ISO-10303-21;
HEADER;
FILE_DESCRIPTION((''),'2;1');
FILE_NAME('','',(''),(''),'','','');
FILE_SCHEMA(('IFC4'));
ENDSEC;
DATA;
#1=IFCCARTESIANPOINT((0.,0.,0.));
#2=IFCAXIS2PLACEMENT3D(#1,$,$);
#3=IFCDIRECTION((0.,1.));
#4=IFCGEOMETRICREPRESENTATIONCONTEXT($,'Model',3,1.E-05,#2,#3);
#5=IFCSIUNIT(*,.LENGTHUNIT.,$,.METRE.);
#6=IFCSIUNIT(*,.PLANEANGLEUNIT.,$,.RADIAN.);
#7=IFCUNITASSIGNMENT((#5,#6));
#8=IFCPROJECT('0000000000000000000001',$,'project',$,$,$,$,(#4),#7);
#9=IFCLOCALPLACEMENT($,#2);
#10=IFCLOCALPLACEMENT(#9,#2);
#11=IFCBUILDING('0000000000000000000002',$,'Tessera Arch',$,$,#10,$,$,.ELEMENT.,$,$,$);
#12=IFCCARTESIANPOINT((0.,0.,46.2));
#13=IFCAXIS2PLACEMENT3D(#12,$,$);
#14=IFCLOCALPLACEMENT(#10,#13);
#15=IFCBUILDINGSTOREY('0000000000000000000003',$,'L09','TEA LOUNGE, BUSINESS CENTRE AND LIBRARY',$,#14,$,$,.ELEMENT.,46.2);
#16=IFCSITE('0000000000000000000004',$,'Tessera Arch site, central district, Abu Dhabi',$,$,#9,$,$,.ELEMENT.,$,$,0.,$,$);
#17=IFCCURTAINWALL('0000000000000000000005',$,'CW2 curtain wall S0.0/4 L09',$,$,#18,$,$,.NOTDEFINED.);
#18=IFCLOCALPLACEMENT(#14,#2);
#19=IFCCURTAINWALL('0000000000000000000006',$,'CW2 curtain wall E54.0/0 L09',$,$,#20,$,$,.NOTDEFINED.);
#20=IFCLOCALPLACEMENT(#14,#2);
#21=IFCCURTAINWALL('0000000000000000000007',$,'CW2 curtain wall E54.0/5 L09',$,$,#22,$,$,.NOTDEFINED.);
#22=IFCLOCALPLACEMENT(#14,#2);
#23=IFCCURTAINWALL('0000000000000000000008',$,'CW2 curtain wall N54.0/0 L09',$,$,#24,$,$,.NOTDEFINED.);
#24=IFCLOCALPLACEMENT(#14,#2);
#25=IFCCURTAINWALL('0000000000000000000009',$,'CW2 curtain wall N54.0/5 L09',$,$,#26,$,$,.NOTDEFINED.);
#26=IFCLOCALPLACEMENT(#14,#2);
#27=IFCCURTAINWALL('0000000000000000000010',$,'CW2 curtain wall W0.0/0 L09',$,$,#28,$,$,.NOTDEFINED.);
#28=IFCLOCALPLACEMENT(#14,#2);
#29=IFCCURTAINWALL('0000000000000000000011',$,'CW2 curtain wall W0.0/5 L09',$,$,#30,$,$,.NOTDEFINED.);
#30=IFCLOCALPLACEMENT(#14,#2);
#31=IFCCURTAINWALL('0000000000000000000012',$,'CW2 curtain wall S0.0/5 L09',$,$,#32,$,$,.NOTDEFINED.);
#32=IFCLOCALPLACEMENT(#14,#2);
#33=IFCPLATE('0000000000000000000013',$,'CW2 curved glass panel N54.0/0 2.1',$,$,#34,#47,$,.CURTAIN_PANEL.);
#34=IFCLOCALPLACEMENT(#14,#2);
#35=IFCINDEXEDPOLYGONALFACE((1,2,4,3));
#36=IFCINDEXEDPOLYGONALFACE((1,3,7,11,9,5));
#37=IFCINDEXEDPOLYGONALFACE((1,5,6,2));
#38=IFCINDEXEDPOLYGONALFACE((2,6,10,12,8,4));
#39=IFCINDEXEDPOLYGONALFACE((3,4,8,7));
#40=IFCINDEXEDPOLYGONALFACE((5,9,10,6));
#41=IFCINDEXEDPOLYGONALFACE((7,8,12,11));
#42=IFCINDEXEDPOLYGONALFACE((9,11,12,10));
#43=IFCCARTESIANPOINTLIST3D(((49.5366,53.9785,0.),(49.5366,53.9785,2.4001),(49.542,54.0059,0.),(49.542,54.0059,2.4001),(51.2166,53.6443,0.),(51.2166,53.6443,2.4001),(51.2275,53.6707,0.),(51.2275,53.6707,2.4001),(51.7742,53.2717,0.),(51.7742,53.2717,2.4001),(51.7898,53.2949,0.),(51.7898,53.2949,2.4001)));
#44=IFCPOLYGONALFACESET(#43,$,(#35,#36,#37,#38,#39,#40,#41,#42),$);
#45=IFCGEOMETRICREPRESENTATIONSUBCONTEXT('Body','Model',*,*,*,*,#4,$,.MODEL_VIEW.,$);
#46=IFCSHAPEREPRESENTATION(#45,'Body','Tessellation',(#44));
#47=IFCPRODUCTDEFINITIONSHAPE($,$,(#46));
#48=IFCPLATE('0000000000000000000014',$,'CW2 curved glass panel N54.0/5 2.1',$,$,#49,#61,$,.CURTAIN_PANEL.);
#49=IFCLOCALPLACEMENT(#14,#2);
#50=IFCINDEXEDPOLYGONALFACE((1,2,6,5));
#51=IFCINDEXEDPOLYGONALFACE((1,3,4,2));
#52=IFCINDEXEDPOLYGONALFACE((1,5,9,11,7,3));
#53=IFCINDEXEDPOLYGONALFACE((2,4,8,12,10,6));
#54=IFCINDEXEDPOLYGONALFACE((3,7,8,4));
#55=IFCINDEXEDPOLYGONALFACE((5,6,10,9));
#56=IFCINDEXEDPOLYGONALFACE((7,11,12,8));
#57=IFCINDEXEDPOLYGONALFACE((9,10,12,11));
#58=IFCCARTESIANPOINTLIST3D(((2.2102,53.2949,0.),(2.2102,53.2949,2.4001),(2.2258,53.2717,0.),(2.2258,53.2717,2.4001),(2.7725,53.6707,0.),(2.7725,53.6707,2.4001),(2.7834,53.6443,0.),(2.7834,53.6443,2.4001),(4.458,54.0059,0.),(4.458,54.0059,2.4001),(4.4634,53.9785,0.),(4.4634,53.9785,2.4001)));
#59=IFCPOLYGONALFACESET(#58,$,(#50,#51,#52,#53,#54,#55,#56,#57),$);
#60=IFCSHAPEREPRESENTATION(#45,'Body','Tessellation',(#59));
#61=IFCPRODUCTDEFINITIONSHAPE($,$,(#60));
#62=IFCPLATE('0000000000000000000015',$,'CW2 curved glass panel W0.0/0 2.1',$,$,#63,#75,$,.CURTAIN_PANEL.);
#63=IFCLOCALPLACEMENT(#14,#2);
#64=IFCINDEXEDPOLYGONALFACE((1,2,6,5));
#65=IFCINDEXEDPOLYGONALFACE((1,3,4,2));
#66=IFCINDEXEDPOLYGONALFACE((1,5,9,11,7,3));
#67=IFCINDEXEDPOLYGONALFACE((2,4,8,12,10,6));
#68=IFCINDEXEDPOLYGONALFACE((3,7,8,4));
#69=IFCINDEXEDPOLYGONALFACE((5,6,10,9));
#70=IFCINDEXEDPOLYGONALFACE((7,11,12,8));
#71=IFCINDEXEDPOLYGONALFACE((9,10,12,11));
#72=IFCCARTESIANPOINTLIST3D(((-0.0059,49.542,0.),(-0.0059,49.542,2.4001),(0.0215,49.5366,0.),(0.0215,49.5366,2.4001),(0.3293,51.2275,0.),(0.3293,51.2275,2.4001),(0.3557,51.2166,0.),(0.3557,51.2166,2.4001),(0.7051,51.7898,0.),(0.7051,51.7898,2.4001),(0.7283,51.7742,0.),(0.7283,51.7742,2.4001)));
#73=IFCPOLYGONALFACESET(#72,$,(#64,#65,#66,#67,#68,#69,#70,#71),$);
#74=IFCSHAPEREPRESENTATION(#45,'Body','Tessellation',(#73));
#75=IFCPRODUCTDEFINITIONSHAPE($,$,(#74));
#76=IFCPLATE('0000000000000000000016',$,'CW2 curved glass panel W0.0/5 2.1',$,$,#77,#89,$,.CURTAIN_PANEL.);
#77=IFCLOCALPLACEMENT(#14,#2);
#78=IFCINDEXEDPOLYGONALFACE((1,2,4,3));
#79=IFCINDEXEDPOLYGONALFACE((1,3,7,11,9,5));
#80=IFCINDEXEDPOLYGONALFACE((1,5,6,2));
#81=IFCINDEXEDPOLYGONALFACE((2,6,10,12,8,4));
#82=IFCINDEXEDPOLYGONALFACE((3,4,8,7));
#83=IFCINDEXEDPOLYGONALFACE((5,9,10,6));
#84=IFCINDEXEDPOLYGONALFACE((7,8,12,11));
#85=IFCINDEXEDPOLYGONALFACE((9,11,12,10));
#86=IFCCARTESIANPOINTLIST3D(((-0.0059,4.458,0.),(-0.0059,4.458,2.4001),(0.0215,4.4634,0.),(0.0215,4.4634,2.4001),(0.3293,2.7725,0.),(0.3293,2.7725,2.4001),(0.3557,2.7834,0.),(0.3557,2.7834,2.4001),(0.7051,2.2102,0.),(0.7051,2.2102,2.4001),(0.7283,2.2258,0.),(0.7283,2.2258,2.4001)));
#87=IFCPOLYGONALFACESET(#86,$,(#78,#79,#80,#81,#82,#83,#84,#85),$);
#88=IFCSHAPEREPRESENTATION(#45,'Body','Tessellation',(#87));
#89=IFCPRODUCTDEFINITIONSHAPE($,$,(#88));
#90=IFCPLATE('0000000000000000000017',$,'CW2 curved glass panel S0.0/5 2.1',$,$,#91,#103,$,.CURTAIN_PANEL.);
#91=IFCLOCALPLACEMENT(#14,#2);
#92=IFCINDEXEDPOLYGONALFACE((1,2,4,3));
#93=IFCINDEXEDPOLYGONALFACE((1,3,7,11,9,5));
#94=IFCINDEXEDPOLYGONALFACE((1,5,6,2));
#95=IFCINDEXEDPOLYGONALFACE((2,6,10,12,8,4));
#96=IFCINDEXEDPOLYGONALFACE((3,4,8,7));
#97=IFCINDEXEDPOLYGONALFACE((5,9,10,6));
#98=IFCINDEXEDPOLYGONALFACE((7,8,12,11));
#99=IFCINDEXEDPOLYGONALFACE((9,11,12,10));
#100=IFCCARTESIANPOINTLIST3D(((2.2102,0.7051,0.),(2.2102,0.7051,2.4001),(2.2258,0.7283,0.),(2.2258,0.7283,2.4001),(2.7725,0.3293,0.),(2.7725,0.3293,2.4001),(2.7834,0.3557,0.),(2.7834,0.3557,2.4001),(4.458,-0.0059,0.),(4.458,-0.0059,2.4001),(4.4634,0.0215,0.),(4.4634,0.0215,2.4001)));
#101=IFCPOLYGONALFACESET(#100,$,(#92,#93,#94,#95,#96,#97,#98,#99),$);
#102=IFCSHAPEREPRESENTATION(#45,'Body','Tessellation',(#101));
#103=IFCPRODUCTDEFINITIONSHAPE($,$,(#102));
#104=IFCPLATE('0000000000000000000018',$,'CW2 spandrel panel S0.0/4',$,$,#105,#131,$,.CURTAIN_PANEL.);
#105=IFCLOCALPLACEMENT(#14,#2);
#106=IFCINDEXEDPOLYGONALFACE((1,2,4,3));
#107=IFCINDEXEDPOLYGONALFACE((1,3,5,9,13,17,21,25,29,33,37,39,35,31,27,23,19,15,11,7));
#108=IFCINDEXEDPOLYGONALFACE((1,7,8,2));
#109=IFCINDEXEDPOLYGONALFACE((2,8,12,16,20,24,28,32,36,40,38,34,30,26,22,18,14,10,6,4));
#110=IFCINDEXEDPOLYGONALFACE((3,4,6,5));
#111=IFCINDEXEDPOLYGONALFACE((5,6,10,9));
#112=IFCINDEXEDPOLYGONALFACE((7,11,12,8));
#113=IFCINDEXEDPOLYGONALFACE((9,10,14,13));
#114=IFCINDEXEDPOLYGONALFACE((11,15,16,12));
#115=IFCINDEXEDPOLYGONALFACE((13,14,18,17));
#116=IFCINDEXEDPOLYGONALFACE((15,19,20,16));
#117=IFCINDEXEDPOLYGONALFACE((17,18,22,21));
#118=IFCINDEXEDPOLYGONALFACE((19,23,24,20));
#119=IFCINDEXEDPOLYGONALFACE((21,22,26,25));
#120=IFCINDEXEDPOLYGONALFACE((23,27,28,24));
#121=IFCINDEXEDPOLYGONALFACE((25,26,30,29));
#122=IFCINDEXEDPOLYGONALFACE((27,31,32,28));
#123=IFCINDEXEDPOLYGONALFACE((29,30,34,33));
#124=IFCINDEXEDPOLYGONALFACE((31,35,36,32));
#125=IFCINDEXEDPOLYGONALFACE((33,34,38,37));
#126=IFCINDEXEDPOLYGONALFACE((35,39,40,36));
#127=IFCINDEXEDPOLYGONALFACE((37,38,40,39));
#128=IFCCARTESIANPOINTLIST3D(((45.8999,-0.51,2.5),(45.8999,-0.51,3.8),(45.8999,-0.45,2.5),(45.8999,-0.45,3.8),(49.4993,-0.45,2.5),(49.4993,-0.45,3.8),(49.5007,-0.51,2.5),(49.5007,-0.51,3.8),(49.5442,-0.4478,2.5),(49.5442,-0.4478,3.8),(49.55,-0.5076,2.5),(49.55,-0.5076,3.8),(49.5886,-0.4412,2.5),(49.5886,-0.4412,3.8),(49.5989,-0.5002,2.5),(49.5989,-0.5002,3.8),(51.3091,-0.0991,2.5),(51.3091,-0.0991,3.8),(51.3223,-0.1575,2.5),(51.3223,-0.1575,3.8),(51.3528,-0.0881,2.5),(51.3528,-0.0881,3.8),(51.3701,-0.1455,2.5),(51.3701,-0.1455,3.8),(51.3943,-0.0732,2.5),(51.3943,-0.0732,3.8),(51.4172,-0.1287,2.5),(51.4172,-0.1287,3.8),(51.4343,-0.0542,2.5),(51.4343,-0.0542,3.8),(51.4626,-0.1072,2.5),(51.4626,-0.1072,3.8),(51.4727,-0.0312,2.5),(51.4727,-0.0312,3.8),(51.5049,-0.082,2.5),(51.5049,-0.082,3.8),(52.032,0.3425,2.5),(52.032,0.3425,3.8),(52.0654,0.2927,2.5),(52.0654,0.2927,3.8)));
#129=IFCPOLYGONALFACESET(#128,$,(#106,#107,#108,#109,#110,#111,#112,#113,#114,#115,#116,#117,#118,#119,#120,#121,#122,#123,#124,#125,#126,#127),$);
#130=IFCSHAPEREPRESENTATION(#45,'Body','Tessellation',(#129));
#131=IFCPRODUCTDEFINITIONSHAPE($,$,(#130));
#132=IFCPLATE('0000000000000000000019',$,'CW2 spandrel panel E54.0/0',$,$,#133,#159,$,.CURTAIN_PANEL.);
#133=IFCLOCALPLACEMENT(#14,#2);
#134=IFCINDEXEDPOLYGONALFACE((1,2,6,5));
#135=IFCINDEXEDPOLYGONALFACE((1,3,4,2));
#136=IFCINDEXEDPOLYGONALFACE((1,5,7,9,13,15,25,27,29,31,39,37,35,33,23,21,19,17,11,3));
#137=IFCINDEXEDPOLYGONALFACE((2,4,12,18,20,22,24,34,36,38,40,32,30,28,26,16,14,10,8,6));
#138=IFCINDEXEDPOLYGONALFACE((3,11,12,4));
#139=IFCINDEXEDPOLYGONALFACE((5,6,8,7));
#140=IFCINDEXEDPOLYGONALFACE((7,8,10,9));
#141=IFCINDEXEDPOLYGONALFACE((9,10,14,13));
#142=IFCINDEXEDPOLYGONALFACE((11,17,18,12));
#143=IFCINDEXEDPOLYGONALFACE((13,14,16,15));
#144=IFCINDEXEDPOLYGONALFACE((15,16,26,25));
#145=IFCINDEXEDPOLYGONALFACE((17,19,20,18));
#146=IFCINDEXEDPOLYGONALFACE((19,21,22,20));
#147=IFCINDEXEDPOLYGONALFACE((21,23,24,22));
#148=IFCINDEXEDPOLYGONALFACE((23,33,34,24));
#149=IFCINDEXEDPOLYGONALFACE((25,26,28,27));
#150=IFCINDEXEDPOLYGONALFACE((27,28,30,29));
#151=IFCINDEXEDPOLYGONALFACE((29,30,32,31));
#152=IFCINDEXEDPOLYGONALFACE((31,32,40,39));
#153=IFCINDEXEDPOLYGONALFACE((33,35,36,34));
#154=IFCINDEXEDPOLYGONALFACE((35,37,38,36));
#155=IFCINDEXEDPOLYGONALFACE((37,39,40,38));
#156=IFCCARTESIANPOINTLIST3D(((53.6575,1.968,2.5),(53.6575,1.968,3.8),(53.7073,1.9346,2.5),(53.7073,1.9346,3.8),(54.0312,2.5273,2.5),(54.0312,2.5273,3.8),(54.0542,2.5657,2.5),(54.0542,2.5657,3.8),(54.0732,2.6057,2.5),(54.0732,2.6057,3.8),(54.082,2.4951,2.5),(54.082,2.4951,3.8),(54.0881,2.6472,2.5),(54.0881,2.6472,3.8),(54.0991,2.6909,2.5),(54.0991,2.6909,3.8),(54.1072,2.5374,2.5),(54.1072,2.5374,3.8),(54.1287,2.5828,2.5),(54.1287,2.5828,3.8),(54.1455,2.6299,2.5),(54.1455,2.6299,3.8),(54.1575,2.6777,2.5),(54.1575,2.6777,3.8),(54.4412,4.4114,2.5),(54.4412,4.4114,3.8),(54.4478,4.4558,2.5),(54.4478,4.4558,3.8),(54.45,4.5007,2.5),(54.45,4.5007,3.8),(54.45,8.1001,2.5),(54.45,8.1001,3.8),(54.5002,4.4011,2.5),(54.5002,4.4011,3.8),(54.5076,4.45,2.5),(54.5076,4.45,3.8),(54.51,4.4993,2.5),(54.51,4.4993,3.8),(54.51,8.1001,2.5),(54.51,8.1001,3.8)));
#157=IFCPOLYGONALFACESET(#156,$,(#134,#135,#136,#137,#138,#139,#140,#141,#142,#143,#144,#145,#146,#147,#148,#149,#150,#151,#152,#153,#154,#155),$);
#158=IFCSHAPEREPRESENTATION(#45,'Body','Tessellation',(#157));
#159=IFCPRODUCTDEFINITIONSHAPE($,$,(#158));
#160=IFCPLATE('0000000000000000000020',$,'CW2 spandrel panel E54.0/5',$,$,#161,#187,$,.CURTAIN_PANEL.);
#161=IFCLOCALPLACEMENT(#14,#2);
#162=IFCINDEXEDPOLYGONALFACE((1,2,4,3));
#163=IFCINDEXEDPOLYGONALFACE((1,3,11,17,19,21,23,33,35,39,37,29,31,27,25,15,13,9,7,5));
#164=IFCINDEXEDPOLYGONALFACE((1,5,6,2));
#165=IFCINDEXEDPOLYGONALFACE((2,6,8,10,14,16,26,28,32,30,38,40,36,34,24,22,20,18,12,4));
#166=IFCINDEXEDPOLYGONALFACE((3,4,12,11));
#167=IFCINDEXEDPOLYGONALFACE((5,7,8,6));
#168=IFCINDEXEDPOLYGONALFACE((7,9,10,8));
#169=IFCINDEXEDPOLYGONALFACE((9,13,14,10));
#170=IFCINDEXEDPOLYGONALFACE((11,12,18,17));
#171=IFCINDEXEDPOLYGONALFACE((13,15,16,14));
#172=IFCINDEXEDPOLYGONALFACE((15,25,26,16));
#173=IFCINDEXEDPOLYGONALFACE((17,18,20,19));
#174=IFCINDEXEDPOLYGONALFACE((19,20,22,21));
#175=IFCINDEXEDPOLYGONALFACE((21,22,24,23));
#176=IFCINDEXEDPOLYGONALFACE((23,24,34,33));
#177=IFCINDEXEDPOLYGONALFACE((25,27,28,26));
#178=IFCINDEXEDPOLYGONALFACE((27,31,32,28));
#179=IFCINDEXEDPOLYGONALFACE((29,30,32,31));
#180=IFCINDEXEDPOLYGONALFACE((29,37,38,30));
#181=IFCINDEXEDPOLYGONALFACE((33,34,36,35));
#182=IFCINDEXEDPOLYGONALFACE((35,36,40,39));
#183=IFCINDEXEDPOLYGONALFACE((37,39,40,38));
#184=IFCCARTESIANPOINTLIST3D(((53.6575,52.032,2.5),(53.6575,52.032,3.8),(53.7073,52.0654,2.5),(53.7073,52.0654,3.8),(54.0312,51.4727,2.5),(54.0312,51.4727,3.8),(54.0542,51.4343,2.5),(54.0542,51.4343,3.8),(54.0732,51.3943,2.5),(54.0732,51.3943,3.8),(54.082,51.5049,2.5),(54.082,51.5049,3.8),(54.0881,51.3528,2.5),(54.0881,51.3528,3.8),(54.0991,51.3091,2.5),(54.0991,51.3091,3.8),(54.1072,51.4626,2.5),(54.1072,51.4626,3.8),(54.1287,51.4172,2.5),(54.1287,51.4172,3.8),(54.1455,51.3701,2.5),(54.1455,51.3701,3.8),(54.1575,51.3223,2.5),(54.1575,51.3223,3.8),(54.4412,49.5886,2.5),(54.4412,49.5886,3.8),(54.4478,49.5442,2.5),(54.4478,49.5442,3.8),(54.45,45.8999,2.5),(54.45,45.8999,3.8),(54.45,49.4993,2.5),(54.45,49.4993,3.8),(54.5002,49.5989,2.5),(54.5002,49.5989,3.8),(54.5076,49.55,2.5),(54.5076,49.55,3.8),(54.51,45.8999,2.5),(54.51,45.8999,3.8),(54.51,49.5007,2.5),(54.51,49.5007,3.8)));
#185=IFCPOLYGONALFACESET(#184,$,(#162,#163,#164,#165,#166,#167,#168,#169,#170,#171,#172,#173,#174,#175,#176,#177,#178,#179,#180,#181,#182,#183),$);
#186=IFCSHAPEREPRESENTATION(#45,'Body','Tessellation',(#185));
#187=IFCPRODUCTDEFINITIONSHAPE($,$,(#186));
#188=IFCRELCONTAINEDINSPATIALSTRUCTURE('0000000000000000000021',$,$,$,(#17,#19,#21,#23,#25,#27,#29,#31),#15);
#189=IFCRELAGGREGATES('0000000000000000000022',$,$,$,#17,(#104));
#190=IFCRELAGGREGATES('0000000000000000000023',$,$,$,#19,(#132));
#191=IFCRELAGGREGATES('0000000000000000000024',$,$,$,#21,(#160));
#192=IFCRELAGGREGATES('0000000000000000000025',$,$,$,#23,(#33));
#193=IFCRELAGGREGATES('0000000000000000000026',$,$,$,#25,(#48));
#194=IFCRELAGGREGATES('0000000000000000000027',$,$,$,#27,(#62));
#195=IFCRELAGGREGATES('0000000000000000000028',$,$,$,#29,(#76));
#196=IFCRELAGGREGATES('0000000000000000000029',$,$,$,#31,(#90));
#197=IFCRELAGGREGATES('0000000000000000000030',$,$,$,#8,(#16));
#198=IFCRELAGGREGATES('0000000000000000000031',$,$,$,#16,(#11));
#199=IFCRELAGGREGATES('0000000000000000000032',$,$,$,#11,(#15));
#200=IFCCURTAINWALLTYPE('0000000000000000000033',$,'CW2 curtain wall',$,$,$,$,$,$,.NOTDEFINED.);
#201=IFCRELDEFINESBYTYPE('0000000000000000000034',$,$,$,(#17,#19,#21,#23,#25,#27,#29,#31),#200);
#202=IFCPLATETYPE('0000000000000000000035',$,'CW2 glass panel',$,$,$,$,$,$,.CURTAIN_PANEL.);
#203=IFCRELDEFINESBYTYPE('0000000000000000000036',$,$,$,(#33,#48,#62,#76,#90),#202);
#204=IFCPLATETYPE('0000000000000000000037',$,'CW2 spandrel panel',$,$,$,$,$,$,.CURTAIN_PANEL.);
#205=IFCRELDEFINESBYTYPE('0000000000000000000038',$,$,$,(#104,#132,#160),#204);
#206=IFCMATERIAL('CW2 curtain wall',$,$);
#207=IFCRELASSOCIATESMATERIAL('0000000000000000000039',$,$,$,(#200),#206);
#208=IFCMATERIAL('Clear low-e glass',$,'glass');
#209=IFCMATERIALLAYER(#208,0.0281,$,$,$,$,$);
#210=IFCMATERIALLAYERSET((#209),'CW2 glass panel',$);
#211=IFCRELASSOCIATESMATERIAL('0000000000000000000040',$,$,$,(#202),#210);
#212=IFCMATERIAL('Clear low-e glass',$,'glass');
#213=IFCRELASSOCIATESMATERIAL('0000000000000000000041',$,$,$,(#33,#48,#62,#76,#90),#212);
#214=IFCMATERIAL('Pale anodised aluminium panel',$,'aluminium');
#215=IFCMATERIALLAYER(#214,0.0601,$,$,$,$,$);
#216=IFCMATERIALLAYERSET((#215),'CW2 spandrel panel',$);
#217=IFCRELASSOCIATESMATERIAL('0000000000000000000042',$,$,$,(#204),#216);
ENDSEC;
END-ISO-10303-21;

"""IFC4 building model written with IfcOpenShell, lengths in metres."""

from ifc_helpers import new_model, si_unit, direction, frame, origin, place, context, subcontext, project, spatial, polyline, outline, extrude, material, layer, layer_set, type_object, element, aggregate, save


model = new_model("IFC4")

# Units and contexts
model_context = context("Model", 3, precision=1e-05, world=origin(), true_north=direction((0.0, 1.0)))
body_context = subcontext(model_context, "Body", "Model", "MODEL_VIEW")
ifc_project = project(units=[si_unit("LENGTHUNIT", "METRE"), si_unit("PLANEANGLEUNIT", "RADIAN")], contexts=[model_context])

# Site, building, storey
site_placement = place(None, origin())
site = spatial("IfcSite", under=ifc_project, at=site_placement, Name="Tessera Arch site, central district, Abu Dhabi", CompositionType="ELEMENT", RefElevation=0.0)
building_placement = place(site_placement, origin())
building = spatial("IfcBuilding", under=site, at=building_placement, Name="Tessera Arch", CompositionType="ELEMENT")
storey_placement = place(building_placement, frame((0.0, 0.0, 46.2)))
storey = spatial("IfcBuildingStorey", under=building, at=storey_placement, Name="L09", Description="TEA LOUNGE, BUSINESS CENTRE AND LIBRARY", CompositionType="ELEMENT", Elevation=46.2)

# Curtain walls
ifc_material_1 = material(Name="CW2 curtain wall")
curtain_wall_type = type_object("IfcCurtainWallType", Name="CW2 curtain wall", PredefinedType="NOTDEFINED", material=ifc_material_1)
curtain_wall_1_placement = place(storey_placement, origin())
curtain_wall_1 = element("IfcCurtainWall", 1, at=curtain_wall_1_placement, inside=storey, type_object=curtain_wall_type, Name="CW2 curtain wall S0.0/4 L09", PredefinedType="NOTDEFINED")
curtain_wall_2_placement = place(storey_placement, origin())
curtain_wall_2 = element("IfcCurtainWall", 2, at=curtain_wall_2_placement, inside=storey, type_object=curtain_wall_type, Name="CW2 curtain wall E54.0/0 L09", PredefinedType="NOTDEFINED")
curtain_wall_3_placement = place(storey_placement, origin())
curtain_wall_3 = element("IfcCurtainWall", 3, at=curtain_wall_3_placement, inside=storey, type_object=curtain_wall_type, Name="CW2 curtain wall E54.0/5 L09", PredefinedType="NOTDEFINED")
curtain_wall_4_placement = place(storey_placement, origin())
curtain_wall_4 = element("IfcCurtainWall", 4, at=curtain_wall_4_placement, inside=storey, type_object=curtain_wall_type, Name="CW2 curtain wall N54.0/0 L09", PredefinedType="NOTDEFINED")
curtain_wall_5_placement = place(storey_placement, origin())
curtain_wall_5 = element("IfcCurtainWall", 5, at=curtain_wall_5_placement, inside=storey, type_object=curtain_wall_type, Name="CW2 curtain wall N54.0/5 L09", PredefinedType="NOTDEFINED")
curtain_wall_6_placement = place(storey_placement, origin())
curtain_wall_6 = element("IfcCurtainWall", 6, at=curtain_wall_6_placement, inside=storey, type_object=curtain_wall_type, Name="CW2 curtain wall W0.0/0 L09", PredefinedType="NOTDEFINED")
curtain_wall_7_placement = place(storey_placement, origin())
curtain_wall_7 = element("IfcCurtainWall", 7, at=curtain_wall_7_placement, inside=storey, type_object=curtain_wall_type, Name="CW2 curtain wall W0.0/5 L09", PredefinedType="NOTDEFINED")
curtain_wall_8_placement = place(storey_placement, origin())
curtain_wall_8 = element("IfcCurtainWall", 8, at=curtain_wall_8_placement, inside=storey, type_object=curtain_wall_type, Name="CW2 curtain wall S0.0/5 L09", PredefinedType="NOTDEFINED")

# Plates
ifc_material_2 = material(Name="Clear low-e glass", Category="glass")
ifc_material_3 = material(Name="Clear low-e glass", Category="glass")
ifc_layer_1 = layer(ifc_material_3, 0.0281)
ifc_layer_set_1 = layer_set([ifc_layer_1], Name="CW2 glass panel")
plate_type_1 = type_object("IfcPlateType", Name="CW2 glass panel", PredefinedType="CURTAIN_PANEL", material=ifc_layer_set_1)
plate_1_placement = place(storey_placement, origin())
plate_1 = element("IfcPlate", 9, at=plate_1_placement, type_object=plate_type_1, material=ifc_material_2, Name="CW2 curved glass panel N54.0/0 2.1", PredefinedType="CURTAIN_PANEL", context=body_context, shape_type="SweptSolid", body=[
    extrude(outline(polyline([(51.2166, 53.6443), (51.7742, 53.2717), (51.7898, 53.2949), (51.2275, 53.6707), (49.542, 54.0059), (49.5366, 53.9785), (51.2166, 53.6443)])), origin(), (0.0, 0.0, 1.0), 2.4001),
])
plate_2_placement = place(storey_placement, origin())
plate_2 = element("IfcPlate", 10, at=plate_2_placement, type_object=plate_type_1, material=ifc_material_2, Name="CW2 curved glass panel N54.0/5 2.1", PredefinedType="CURTAIN_PANEL", context=body_context, shape_type="SweptSolid", body=[
    extrude(outline(polyline([(2.7834, 53.6443), (4.4634, 53.9785), (4.458, 54.0059), (2.7725, 53.6707), (2.2102, 53.2949), (2.2258, 53.2717), (2.7834, 53.6443)])), origin(), (0.0, 0.0, 1.0), 2.4001),
])
plate_3_placement = place(storey_placement, origin())
plate_3 = element("IfcPlate", 11, at=plate_3_placement, type_object=plate_type_1, material=ifc_material_2, Name="CW2 curved glass panel W0.0/0 2.1", PredefinedType="CURTAIN_PANEL", context=body_context, shape_type="SweptSolid", body=[
    extrude(outline(polyline([(0.3557, 51.2166), (0.7283, 51.7742), (0.7051, 51.7898), (0.3293, 51.2275), (-0.0059, 49.542), (0.0215, 49.5366), (0.3557, 51.2166)])), origin(), (0.0, 0.0, 1.0), 2.4001),
])
plate_4_placement = place(storey_placement, origin())
plate_4 = element("IfcPlate", 12, at=plate_4_placement, type_object=plate_type_1, material=ifc_material_2, Name="CW2 curved glass panel W0.0/5 2.1", PredefinedType="CURTAIN_PANEL", context=body_context, shape_type="SweptSolid", body=[
    extrude(outline(polyline([(0.3557, 2.7834), (0.0215, 4.4634), (-0.0059, 4.458), (0.3293, 2.7725), (0.7051, 2.2102), (0.7283, 2.2258), (0.3557, 2.7834)])), origin(), (0.0, 0.0, 1.0), 2.4001),
])
plate_5_placement = place(storey_placement, origin())
plate_5 = element("IfcPlate", 13, at=plate_5_placement, type_object=plate_type_1, material=ifc_material_2, Name="CW2 curved glass panel S0.0/5 2.1", PredefinedType="CURTAIN_PANEL", context=body_context, shape_type="SweptSolid", body=[
    extrude(outline(polyline([(2.7834, 0.3557), (2.2258, 0.7283), (2.2102, 0.7051), (2.7725, 0.3293), (4.458, -0.0059), (4.4634, 0.0215), (2.7834, 0.3557)])), origin(), (0.0, 0.0, 1.0), 2.4001),
])
ifc_material_4 = material(Name="Pale anodised aluminium panel", Category="aluminium")
ifc_layer_2 = layer(ifc_material_4, 0.0601)
ifc_layer_set_2 = layer_set([ifc_layer_2], Name="CW2 spandrel panel")
plate_type_2 = type_object("IfcPlateType", Name="CW2 spandrel panel", PredefinedType="CURTAIN_PANEL", material=ifc_layer_set_2)
plate_6_placement = place(storey_placement, frame((0.0, 0.0, 2.5)))
plate_6 = element("IfcPlate", 14, at=plate_6_placement, type_object=plate_type_2, Name="CW2 spandrel panel S0.0/4", PredefinedType="CURTAIN_PANEL", context=body_context, shape_type="SweptSolid", body=[
    extrude(outline(polyline([(49.4993, -0.45), (45.8999, -0.45), (45.8999, -0.51), (49.5007, -0.51), (49.55, -0.5076), (49.5989, -0.5002), (51.3223, -0.1575), (51.3701, -0.1455), (51.4172, -0.1287), (51.4626, -0.1072), (51.5049, -0.082), (52.0654, 0.2927), (52.032, 0.3425), (51.4727, -0.0312), (51.4343, -0.0542), (51.3943, -0.0732), (51.3528, -0.0881), (51.3091, -0.0991), (49.5886, -0.4412), (49.5442, -0.4478), (49.4993, -0.45)])), origin(), (0.0, 0.0, 1.0), 1.3),
])
aggregate(curtain_wall_1, [plate_6])
plate_7_placement = place(storey_placement, frame((0.0, 0.0, 2.5)))
plate_7 = element("IfcPlate", 15, at=plate_7_placement, type_object=plate_type_2, Name="CW2 spandrel panel E54.0/0", PredefinedType="CURTAIN_PANEL", context=body_context, shape_type="SweptSolid", body=[
    extrude(outline(polyline([(54.0312, 2.5273), (53.6575, 1.968), (53.7073, 1.9346), (54.082, 2.4951), (54.1072, 2.5374), (54.1287, 2.5828), (54.1455, 2.6299), (54.1575, 2.6777), (54.5002, 4.4011), (54.5076, 4.45), (54.51, 4.4993), (54.51, 8.1001), (54.45, 8.1001), (54.45, 4.5007), (54.4478, 4.4558), (54.4412, 4.4114), (54.0991, 2.6909), (54.0881, 2.6472), (54.0732, 2.6057), (54.0542, 2.5657), (54.0312, 2.5273)])), origin(), (0.0, 0.0, 1.0), 1.3),
])
aggregate(curtain_wall_2, [plate_7])
plate_8_placement = place(storey_placement, frame((0.0, 0.0, 2.5)))
plate_8 = element("IfcPlate", 16, at=plate_8_placement, type_object=plate_type_2, Name="CW2 spandrel panel E54.0/5", PredefinedType="CURTAIN_PANEL", context=body_context, shape_type="SweptSolid", body=[
    extrude(outline(polyline([(54.45, 49.4993), (54.45, 45.8999), (54.51, 45.8999), (54.51, 49.5007), (54.5076, 49.55), (54.5002, 49.5989), (54.1575, 51.3223), (54.1455, 51.3701), (54.1287, 51.4172), (54.1072, 51.4626), (54.082, 51.5049), (53.7073, 52.0654), (53.6575, 52.032), (54.0312, 51.4727), (54.0542, 51.4343), (54.0732, 51.3943), (54.0881, 51.3528), (54.0991, 51.3091), (54.4412, 49.5886), (54.4478, 49.5442), (54.45, 49.4993)])), origin(), (0.0, 0.0, 1.0), 1.3),
])
aggregate(curtain_wall_3, [plate_8])
aggregate(curtain_wall_4, [plate_1])
aggregate(curtain_wall_5, [plate_2])
aggregate(curtain_wall_6, [plate_3])
aggregate(curtain_wall_7, [plate_4])
aggregate(curtain_wall_8, [plate_5])

save(model, "model.ifc")
